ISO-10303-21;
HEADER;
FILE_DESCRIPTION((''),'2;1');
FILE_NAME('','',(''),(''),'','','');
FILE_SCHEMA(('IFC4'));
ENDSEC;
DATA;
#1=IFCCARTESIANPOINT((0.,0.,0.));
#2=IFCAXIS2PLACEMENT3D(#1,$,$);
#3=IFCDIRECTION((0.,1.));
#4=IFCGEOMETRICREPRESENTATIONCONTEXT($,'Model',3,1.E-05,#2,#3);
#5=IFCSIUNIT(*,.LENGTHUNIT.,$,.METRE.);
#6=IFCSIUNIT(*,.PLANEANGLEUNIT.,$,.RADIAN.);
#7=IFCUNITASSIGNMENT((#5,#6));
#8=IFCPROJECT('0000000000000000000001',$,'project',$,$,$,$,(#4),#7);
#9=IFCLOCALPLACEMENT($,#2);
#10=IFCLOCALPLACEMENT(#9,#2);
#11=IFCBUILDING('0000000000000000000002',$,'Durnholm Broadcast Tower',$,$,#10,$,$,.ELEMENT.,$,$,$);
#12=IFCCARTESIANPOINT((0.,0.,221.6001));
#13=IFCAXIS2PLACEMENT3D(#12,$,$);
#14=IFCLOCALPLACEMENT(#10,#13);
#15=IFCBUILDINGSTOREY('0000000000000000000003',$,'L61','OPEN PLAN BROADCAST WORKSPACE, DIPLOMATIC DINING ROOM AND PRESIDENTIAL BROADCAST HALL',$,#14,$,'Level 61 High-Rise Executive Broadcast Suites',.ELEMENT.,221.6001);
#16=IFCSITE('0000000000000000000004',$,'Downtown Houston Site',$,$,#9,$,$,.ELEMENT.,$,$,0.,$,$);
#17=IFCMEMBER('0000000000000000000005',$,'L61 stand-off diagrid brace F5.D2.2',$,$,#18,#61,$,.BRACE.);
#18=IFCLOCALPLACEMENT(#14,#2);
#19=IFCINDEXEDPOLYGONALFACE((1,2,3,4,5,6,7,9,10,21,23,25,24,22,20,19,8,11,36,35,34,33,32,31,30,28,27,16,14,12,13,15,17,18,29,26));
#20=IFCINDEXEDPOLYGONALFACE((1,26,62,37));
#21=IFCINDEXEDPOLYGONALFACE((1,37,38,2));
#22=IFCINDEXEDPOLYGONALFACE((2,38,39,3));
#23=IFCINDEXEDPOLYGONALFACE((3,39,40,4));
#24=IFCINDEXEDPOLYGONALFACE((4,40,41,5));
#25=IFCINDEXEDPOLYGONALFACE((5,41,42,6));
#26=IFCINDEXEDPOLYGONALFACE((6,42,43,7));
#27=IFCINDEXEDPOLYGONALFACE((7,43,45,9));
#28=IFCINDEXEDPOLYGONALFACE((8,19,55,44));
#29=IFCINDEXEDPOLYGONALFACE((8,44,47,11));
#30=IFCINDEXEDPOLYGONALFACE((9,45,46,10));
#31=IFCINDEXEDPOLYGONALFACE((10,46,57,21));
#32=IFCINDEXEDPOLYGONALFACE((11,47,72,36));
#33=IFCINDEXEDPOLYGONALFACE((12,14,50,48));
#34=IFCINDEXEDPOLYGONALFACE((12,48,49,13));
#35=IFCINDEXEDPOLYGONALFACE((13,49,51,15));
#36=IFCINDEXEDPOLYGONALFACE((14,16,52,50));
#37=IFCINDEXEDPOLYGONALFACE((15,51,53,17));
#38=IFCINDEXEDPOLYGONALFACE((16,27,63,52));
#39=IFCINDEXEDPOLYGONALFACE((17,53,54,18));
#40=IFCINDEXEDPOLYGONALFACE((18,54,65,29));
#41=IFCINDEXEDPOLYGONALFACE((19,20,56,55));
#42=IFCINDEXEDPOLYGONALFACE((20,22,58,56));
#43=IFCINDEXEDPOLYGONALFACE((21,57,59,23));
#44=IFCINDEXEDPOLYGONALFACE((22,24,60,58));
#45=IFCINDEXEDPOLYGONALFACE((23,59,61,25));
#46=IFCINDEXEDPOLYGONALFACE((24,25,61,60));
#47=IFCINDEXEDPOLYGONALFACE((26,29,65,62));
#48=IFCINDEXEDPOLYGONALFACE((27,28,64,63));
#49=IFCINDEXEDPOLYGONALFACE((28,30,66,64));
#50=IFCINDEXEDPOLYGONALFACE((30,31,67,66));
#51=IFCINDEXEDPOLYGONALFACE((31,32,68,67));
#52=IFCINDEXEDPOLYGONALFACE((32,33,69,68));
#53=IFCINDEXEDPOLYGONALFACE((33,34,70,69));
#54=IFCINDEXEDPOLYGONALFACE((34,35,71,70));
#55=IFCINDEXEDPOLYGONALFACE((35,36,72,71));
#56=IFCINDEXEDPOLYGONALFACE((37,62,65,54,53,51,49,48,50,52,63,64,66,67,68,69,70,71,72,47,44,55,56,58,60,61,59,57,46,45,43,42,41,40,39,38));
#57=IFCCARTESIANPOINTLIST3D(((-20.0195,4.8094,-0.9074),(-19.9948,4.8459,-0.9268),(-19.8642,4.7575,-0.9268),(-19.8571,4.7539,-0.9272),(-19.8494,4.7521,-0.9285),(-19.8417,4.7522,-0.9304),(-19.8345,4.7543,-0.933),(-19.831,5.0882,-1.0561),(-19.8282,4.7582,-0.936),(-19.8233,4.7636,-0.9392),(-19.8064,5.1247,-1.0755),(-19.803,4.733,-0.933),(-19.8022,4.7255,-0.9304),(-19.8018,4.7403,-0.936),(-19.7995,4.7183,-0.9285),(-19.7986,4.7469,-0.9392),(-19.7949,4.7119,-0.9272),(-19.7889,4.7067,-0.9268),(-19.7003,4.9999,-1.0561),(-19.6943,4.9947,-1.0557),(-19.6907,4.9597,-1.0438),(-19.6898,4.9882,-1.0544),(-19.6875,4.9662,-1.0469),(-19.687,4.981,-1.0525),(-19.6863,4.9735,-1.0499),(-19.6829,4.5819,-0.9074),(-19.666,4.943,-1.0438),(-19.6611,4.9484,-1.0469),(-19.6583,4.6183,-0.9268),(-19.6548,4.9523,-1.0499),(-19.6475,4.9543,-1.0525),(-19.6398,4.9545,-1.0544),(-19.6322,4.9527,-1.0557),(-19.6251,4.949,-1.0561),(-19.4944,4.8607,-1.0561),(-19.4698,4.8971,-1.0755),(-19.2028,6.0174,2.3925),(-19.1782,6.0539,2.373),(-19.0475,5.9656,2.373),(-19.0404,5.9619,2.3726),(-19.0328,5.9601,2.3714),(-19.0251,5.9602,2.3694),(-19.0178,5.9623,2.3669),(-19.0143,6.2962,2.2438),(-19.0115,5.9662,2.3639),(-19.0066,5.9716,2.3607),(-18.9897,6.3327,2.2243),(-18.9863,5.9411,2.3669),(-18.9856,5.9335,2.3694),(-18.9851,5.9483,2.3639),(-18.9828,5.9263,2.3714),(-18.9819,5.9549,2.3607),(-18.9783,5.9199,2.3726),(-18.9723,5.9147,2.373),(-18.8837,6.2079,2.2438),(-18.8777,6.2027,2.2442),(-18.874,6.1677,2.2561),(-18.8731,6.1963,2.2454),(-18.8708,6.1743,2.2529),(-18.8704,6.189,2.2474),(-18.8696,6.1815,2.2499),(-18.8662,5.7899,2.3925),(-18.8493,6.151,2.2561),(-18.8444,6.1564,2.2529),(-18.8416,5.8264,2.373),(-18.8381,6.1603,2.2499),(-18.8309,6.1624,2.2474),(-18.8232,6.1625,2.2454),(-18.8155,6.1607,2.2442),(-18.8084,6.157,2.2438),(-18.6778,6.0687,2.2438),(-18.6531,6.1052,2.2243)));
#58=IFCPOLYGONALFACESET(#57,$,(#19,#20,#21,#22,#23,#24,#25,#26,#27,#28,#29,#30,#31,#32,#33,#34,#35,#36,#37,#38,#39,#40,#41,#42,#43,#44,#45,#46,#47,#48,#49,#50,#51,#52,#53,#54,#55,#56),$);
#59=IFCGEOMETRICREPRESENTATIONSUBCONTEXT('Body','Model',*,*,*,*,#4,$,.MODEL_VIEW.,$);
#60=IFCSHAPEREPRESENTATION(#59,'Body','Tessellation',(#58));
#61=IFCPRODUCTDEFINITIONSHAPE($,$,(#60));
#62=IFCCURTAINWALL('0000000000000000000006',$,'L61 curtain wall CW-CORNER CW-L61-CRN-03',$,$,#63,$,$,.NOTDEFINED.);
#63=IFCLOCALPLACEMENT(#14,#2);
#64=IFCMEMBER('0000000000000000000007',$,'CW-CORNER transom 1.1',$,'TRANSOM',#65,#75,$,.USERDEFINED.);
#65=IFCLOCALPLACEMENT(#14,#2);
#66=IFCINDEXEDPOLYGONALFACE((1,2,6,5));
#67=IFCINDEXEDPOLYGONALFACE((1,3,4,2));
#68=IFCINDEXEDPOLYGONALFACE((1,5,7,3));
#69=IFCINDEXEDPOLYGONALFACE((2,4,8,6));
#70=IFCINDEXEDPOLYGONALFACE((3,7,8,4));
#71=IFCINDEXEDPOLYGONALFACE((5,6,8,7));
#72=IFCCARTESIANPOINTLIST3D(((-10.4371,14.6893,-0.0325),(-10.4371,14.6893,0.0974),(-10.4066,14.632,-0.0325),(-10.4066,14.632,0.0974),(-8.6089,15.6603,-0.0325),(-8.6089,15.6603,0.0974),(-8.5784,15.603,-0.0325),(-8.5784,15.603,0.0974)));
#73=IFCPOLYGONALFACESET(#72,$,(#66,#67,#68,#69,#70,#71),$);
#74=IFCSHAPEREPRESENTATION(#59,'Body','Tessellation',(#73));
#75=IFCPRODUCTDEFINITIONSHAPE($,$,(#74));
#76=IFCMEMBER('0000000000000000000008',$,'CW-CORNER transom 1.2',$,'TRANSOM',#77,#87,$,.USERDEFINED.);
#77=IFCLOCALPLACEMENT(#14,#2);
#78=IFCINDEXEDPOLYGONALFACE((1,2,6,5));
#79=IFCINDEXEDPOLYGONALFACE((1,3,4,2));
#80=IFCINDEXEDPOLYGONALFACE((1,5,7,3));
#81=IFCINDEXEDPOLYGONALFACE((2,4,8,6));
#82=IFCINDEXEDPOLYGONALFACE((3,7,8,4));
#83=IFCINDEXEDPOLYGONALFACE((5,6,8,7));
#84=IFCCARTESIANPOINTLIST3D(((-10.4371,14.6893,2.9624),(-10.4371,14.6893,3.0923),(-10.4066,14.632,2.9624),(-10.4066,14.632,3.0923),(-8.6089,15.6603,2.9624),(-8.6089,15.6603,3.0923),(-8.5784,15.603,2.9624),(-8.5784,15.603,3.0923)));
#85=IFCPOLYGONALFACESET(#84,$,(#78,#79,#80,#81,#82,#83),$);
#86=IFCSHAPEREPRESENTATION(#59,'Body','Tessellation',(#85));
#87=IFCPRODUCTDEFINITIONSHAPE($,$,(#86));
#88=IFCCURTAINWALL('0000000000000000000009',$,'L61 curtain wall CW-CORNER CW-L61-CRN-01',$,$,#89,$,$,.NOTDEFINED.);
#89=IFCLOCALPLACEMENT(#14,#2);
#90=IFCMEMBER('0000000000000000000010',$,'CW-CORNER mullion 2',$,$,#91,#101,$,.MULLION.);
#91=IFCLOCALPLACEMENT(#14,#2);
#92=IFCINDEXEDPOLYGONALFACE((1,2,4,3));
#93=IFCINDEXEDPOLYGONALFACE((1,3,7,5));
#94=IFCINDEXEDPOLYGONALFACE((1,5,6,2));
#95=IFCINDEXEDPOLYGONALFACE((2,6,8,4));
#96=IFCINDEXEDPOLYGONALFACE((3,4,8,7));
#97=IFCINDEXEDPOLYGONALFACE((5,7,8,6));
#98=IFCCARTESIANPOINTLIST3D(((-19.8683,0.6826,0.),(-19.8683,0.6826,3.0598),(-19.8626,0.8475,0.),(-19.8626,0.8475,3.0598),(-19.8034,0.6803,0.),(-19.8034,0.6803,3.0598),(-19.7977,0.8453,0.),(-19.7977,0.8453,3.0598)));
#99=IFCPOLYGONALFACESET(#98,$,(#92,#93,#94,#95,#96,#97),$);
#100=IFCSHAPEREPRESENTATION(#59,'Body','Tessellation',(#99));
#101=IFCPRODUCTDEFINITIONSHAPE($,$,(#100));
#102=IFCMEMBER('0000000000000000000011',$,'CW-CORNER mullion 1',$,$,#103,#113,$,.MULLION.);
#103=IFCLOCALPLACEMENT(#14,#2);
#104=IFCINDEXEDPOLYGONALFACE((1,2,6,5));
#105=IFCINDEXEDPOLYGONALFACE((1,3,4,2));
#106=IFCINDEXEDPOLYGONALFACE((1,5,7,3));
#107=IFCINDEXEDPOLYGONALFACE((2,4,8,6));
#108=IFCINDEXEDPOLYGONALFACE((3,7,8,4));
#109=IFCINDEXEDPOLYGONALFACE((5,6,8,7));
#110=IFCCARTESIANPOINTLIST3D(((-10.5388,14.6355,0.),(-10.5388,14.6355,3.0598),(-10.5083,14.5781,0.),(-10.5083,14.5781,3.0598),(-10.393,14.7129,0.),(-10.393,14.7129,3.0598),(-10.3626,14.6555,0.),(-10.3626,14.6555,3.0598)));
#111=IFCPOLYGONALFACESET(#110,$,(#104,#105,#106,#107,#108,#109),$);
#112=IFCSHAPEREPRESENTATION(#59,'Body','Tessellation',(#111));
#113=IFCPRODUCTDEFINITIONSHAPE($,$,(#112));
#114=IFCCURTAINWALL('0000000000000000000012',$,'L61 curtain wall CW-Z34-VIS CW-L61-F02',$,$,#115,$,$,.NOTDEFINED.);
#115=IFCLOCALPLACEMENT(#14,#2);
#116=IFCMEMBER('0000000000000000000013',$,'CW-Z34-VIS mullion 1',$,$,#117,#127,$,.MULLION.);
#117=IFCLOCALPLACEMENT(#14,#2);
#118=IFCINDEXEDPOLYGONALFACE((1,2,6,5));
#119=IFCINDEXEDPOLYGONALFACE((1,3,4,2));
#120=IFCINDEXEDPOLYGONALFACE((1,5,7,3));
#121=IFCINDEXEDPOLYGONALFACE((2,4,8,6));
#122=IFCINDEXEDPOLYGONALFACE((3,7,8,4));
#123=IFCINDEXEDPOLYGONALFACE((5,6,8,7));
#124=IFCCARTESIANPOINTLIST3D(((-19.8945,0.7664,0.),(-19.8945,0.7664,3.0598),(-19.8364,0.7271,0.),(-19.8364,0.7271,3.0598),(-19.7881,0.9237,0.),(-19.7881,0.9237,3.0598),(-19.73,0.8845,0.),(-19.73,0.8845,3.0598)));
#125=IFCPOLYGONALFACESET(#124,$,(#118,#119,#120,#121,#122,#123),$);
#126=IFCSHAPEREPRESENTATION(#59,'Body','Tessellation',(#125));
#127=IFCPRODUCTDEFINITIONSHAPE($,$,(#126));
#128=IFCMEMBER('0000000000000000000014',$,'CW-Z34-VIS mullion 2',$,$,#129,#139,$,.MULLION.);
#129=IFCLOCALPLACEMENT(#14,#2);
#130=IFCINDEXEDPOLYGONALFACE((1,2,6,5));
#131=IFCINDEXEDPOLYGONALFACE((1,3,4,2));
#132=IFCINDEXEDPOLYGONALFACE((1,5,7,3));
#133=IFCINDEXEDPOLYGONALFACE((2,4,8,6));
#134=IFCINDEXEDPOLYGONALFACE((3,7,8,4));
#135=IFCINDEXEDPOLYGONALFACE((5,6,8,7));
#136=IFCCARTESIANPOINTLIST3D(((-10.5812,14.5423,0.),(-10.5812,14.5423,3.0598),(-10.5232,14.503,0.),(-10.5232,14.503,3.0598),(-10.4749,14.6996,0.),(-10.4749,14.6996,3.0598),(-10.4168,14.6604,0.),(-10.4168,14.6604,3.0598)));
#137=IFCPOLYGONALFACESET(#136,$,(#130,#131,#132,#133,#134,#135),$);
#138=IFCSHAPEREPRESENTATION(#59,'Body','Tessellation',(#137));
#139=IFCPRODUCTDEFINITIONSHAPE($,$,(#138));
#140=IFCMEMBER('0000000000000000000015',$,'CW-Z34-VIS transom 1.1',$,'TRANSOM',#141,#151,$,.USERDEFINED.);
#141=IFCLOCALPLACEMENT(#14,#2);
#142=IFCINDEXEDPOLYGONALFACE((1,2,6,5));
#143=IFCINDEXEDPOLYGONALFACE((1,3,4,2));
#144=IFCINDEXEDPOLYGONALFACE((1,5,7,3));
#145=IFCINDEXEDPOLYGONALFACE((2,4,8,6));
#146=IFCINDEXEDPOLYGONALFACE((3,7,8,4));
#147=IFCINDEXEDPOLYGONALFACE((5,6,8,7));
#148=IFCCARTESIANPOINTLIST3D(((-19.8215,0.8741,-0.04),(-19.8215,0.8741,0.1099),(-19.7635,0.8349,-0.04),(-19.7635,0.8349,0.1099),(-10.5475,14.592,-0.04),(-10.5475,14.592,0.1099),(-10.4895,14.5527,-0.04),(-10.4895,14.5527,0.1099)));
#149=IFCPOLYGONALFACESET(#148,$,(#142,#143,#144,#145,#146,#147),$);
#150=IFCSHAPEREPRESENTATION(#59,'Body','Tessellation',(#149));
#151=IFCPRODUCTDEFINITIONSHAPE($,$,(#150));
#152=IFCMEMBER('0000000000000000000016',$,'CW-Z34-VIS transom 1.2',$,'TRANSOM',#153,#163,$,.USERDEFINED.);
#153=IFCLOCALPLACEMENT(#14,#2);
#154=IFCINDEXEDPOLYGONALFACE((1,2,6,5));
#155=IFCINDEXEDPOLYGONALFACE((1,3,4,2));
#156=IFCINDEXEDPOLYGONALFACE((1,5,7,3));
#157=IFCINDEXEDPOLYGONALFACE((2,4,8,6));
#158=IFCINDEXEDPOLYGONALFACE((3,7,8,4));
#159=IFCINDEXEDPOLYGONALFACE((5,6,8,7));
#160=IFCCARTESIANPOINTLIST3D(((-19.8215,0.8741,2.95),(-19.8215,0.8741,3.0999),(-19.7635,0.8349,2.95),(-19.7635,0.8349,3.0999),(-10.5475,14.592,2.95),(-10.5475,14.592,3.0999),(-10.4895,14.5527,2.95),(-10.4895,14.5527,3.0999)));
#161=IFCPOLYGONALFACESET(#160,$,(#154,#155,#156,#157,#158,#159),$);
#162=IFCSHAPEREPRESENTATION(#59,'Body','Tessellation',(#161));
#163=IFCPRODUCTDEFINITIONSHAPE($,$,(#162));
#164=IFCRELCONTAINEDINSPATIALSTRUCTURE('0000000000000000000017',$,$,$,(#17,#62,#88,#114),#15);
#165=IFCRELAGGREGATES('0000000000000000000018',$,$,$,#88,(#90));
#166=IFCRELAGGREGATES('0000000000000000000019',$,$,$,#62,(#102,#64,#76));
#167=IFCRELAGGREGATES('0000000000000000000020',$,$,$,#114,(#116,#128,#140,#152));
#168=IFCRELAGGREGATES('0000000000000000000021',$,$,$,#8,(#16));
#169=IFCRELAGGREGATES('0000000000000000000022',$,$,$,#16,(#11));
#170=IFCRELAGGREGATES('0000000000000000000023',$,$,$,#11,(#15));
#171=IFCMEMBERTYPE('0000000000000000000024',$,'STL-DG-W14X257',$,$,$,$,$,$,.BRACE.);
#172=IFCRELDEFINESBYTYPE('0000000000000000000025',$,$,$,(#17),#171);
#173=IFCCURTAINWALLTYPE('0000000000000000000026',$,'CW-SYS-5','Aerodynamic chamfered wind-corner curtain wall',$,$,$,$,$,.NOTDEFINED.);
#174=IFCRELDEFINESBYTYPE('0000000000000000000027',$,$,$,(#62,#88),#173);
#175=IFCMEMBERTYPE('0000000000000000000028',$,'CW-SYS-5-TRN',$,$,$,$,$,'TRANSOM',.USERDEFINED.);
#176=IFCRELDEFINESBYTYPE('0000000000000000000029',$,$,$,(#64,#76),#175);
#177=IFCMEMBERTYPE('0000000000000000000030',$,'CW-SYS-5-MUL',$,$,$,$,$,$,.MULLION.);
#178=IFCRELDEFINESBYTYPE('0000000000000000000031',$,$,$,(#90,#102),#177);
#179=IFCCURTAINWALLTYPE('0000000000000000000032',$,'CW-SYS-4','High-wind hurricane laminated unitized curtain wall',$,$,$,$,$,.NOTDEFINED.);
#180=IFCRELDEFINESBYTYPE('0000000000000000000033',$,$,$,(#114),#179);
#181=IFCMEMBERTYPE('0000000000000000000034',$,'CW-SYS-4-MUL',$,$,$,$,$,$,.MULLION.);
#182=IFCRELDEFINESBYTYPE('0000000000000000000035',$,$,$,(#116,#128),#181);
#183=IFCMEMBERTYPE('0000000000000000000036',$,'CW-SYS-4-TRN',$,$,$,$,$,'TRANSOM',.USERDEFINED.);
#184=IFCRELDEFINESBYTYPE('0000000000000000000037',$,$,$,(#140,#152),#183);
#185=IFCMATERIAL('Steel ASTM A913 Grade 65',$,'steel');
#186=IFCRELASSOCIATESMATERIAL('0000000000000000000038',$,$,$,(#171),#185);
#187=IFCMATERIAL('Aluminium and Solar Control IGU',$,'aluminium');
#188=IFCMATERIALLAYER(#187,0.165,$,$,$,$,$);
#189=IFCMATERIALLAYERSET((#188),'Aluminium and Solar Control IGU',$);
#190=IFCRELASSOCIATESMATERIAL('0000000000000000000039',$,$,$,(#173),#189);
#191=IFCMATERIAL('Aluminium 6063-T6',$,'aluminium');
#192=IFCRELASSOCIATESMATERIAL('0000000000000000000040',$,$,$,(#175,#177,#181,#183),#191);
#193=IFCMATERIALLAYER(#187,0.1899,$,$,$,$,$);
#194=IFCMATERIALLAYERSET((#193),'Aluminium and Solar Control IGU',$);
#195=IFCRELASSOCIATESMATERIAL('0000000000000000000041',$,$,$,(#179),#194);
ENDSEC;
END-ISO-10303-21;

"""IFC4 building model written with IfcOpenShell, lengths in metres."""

from ifc_helpers import new_model, si_unit, direction, frame, origin, origin_2d, place, context, subcontext, project, spatial, rectangle, i_section, extrude, source, transform, mapped, material, layer, layer_set, material_profile, profile_set, type_object, type_shapes, element, aggregate, save


model = new_model("IFC4")

# Units and contexts
model_context = context("Model", 3, precision=1e-05, world=origin(), true_north=direction((0.0, 1.0)))
body_context = subcontext(model_context, "Body", "Model", "MODEL_VIEW")
ifc_project = project(units=[si_unit("LENGTHUNIT", "METRE"), si_unit("PLANEANGLEUNIT", "RADIAN")], contexts=[model_context])

# Site, building, storey
site_placement = place(None, origin())
site = spatial("IfcSite", under=ifc_project, at=site_placement, Name="Downtown Houston Site", CompositionType="ELEMENT", RefElevation=0.0)
building_placement = place(site_placement, origin())
building = spatial("IfcBuilding", under=site, at=building_placement, Name="Durnholm Broadcast Tower", CompositionType="ELEMENT")
storey_placement = place(building_placement, frame((0.0, 0.0, 221.6001)))
storey = spatial("IfcBuildingStorey", under=building, at=storey_placement, Name="L61", Description="OPEN PLAN BROADCAST WORKSPACE, DIPLOMATIC DINING ROOM AND PRESIDENTIAL BROADCAST HALL", LongName="Level 61 High-Rise Executive Broadcast Suites", CompositionType="ELEMENT", Elevation=221.6001)

# Member
ifc_material_1 = material(Name="Steel ASTM A913 Grade 65", Category="steel")
ifc_material_profile_1 = material_profile(ifc_material_1, i_section(OverallWidth=0.4062, OverallDepth=0.416, WebThickness=0.0298, FlangeThickness=0.0481, FilletRadius=0.0305, at=origin_2d()), Name="W14X257")
ifc_profile_set_1 = profile_set([ifc_material_profile_1], Name="Steel ASTM A913 Grade 65")
member_type_1 = type_object("IfcMemberType", Name="STL-DG-W14X257", PredefinedType="BRACE", material=ifc_profile_set_1)
shared_shape_1 = source(origin(), body_context, "Body", "SweptSolid", [
    extrude(i_section(OverallWidth=0.4062, OverallDepth=0.416, WebThickness=0.0298, FlangeThickness=0.0481, FilletRadius=0.0305, at=origin_2d()), origin(), (0.0, 0.0, 1.0), 3.6077),
])
type_shapes(member_type_1, [shared_shape_1])
for number, where, z_axis, x_axis, name in (
    (1, (-19.7446, 4.8533, -0.9915), (0.226368, 0.334849, 0.914677), (-0.828452, 0.560059, 0.0), "L61 stand-off diagrid brace F5.D2.2"),
):
    element("IfcMember", number, at=place(storey_placement, frame(where, z_axis=z_axis, x_axis=x_axis)), inside=storey, type_object=member_type_1, Name=name, PredefinedType="BRACE", context=body_context, shape_type="MappedRepresentation", body=[
        mapped(shared_shape_1, transform((0.0, 0.0, 0.0), x_axis=(1.0, 0.0, 0.0), y_axis=(0.0, 1.0, 0.0), z_axis=(0.0, 0.0, 1.0), scale=1.0)),
    ])

# Curtain wall, members
ifc_material_2 = material(Name="Aluminium and Solar Control IGU", Category="aluminium")
ifc_layer_1 = layer(ifc_material_2, 0.165)
ifc_layer_set_1 = layer_set([ifc_layer_1], Name="Aluminium and Solar Control IGU")
curtain_wall_type_1 = type_object("IfcCurtainWallType", Name="CW-SYS-5", Description="Aerodynamic chamfered wind-corner curtain wall", PredefinedType="NOTDEFINED", material=ifc_layer_set_1)
curtain_wall_1_placement = place(storey_placement, origin())
curtain_wall_1 = element("IfcCurtainWall", 2, at=curtain_wall_1_placement, inside=storey, type_object=curtain_wall_type_1, Name="L61 curtain wall CW-CORNER CW-L61-CRN-03", PredefinedType="NOTDEFINED")
ifc_material_3 = material(Name="Aluminium 6063-T6", Category="aluminium")
ifc_material_profile_2 = material_profile(ifc_material_3, rectangle(XDim=0.0649, YDim=0.1299, at=origin_2d()), Name="CWT65X130")
ifc_profile_set_2 = profile_set([ifc_material_profile_2], Name="Aluminium 6063-T6")
member_type_2 = type_object("IfcMemberType", Name="CW-SYS-5-TRN", ElementType="TRANSOM", PredefinedType="USERDEFINED", material=ifc_profile_set_2)
shared_shape_2 = source(origin(), body_context, "Body", "SweptSolid", [
    extrude(rectangle(XDim=0.0649, YDim=0.1299, at=origin_2d()), origin(), (0.0, 0.0, 1.0), 2.0701),
])
type_shapes(member_type_2, [shared_shape_2])
member_1_placement = place(storey_placement, frame((-10.4219, 14.6606, 0.0325), z_axis=(0.883165, 0.469063, 0.0), x_axis=(-0.469063, 0.883165, 0.0)))
member_1 = element("IfcMember", 3, at=member_1_placement, type_object=member_type_2, Name="CW-CORNER transom 1.1", ObjectType="TRANSOM", PredefinedType="USERDEFINED", context=body_context, shape_type="MappedRepresentation", body=[
    mapped(shared_shape_2, transform((0.0, 0.0, 0.0), x_axis=(1.0, 0.0, 0.0), y_axis=(0.0, 1.0, 0.0), z_axis=(0.0, 0.0, 1.0), scale=1.0)),
])
member_2_placement = place(storey_placement, frame((-10.4219, 14.6606, 3.0273), z_axis=(0.883165, 0.469063, 0.0), x_axis=(-0.469063, 0.883165, 0.0)))
member_2 = element("IfcMember", 4, at=member_2_placement, type_object=member_type_2, Name="CW-CORNER transom 1.2", ObjectType="TRANSOM", PredefinedType="USERDEFINED", context=body_context, shape_type="MappedRepresentation", body=[
    mapped(shared_shape_2, transform((0.0, 0.0, 0.0), x_axis=(1.0, 0.0, 0.0), y_axis=(0.0, 1.0, 0.0), z_axis=(0.0, 0.0, 1.0), scale=1.0)),
])

# Curtain wall, member
curtain_wall_2_placement = place(storey_placement, origin())
curtain_wall_2 = element("IfcCurtainWall", 5, at=curtain_wall_2_placement, inside=storey, type_object=curtain_wall_type_1, Name="L61 curtain wall CW-CORNER CW-L61-CRN-01", PredefinedType="NOTDEFINED")
ifc_material_profile_3 = material_profile(ifc_material_3, rectangle(XDim=0.0649, YDim=0.165, at=origin_2d()), Name="CWM65X165")
ifc_profile_set_3 = profile_set([ifc_material_profile_3], Name="Aluminium 6063-T6")
member_type_3 = type_object("IfcMemberType", Name="CW-SYS-5-MUL", PredefinedType="MULLION", material=ifc_profile_set_3)
shared_shape_3 = source(origin(), body_context, "Body", "SweptSolid", [
    extrude(rectangle(XDim=0.0649, YDim=0.165, at=origin_2d()), origin(), (0.0, 0.0, 1.0), 3.0598),
])
type_shapes(member_type_3, [shared_shape_3])
member_3_placement = place(storey_placement, frame((-19.833, 0.7639, 0.0), z_axis=(0.0, 0.0, 1.0), x_axis=(-0.999411, 0.034318, 0.0)))
member_3 = element("IfcMember", 6, at=member_3_placement, type_object=member_type_3, Name="CW-CORNER mullion 2", PredefinedType="MULLION", context=body_context, shape_type="MappedRepresentation", body=[
    mapped(shared_shape_3, transform((0.0, 0.0, 0.0), x_axis=(1.0, 0.0, 0.0), y_axis=(0.0, 1.0, 0.0), z_axis=(0.0, 0.0, 1.0), scale=1.0)),
])
aggregate(curtain_wall_2, [member_3])

# Member
member_4_placement = place(storey_placement, frame((-10.4507, 14.6455, 0.0), z_axis=(0.0, 0.0, 1.0), x_axis=(-0.469007, 0.883195, 0.0)))
member_4 = element("IfcMember", 7, at=member_4_placement, type_object=member_type_3, Name="CW-CORNER mullion 1", PredefinedType="MULLION", context=body_context, shape_type="MappedRepresentation", body=[
    mapped(shared_shape_3, transform((0.0, 0.0, 0.0), x_axis=(1.0, 0.0, 0.0), y_axis=(0.0, 1.0, 0.0), z_axis=(0.0, 0.0, 1.0), scale=1.0)),
])
aggregate(curtain_wall_1, [member_4, member_1, member_2])

# Curtain wall, members
ifc_layer_2 = layer(ifc_material_2, 0.1899)
ifc_layer_set_2 = layer_set([ifc_layer_2], Name="Aluminium and Solar Control IGU")
curtain_wall_type_2 = type_object("IfcCurtainWallType", Name="CW-SYS-4", Description="High-wind hurricane laminated unitized curtain wall", PredefinedType="NOTDEFINED", material=ifc_layer_set_2)
curtain_wall_3_placement = place(storey_placement, origin())
curtain_wall_3 = element("IfcCurtainWall", 8, at=curtain_wall_3_placement, inside=storey, type_object=curtain_wall_type_2, Name="L61 curtain wall CW-Z34-VIS CW-L61-F02", PredefinedType="NOTDEFINED")
ifc_material_profile_4 = material_profile(ifc_material_3, rectangle(XDim=0.0701, YDim=0.1899, at=origin_2d()), Name="CWM70X190")
ifc_profile_set_4 = profile_set([ifc_material_profile_4], Name="Aluminium 6063-T6")
member_type_4 = type_object("IfcMemberType", Name="CW-SYS-4-MUL", PredefinedType="MULLION", material=ifc_profile_set_4)
shared_shape_4 = source(origin(), body_context, "Body", "SweptSolid", [
    extrude(rectangle(XDim=0.0701, YDim=0.1899, at=origin_2d()), origin(), (0.0, 0.0, 1.0), 3.0598),
])
type_shapes(member_type_4, [shared_shape_4])
member_5_placement = place(storey_placement, frame((-19.8123, 0.8254, 0.0), z_axis=(0.0, 0.0, 1.0), x_axis=(-0.828443, 0.560073, 0.0)))
member_5 = element("IfcMember", 9, at=member_5_placement, type_object=member_type_4, Name="CW-Z34-VIS mullion 1", PredefinedType="MULLION", context=body_context, shape_type="MappedRepresentation", body=[
    mapped(shared_shape_4, transform((0.0, 0.0, 0.0), x_axis=(1.0, 0.0, 0.0), y_axis=(0.0, 1.0, 0.0), z_axis=(0.0, 0.0, 1.0), scale=1.0)),
])
member_6_placement = place(storey_placement, frame((-10.499, 14.6013, 0.0), z_axis=(0.0, 0.0, 1.0), x_axis=(-0.828443, 0.560073, 0.0)))
member_6 = element("IfcMember", 10, at=member_6_placement, type_object=member_type_4, Name="CW-Z34-VIS mullion 2", PredefinedType="MULLION", context=body_context, shape_type="MappedRepresentation", body=[
    mapped(shared_shape_4, transform((0.0, 0.0, 0.0), x_axis=(1.0, 0.0, 0.0), y_axis=(0.0, 1.0, 0.0), z_axis=(0.0, 0.0, 1.0), scale=1.0)),
])
ifc_material_profile_5 = material_profile(ifc_material_3, rectangle(XDim=0.0701, YDim=0.1499, at=origin_2d()), Name="CWT70X150")
ifc_profile_set_5 = profile_set([ifc_material_profile_5], Name="Aluminium 6063-T6")
member_type_5 = type_object("IfcMemberType", Name="CW-SYS-4-TRN", ElementType="TRANSOM", PredefinedType="USERDEFINED", material=ifc_profile_set_5)
shared_shape_5 = source(origin(), body_context, "Body", "SweptSolid", [
    extrude(rectangle(XDim=0.0701, YDim=0.1499, at=origin_2d()), origin(), (0.0, 0.0, 1.0), 16.5586),
])
type_shapes(member_type_5, [shared_shape_5])
member_7_placement = place(storey_placement, frame((-19.7925, 0.8545, 0.0349), z_axis=(0.560071, 0.828444, 0.0), x_axis=(-0.828444, 0.560071, 0.0)))
member_7 = element("IfcMember", 11, at=member_7_placement, type_object=member_type_5, Name="CW-Z34-VIS transom 1.1", ObjectType="TRANSOM", PredefinedType="USERDEFINED", context=body_context, shape_type="MappedRepresentation", body=[
    mapped(shared_shape_5, transform((0.0, 0.0, 0.0), x_axis=(1.0, 0.0, 0.0), y_axis=(0.0, 1.0, 0.0), z_axis=(0.0, 0.0, 1.0), scale=1.0)),
])
member_8_placement = place(storey_placement, frame((-19.7925, 0.8545, 3.0249), z_axis=(0.560071, 0.828444, 0.0), x_axis=(-0.828444, 0.560071, 0.0)))
member_8 = element("IfcMember", 12, at=member_8_placement, type_object=member_type_5, Name="CW-Z34-VIS transom 1.2", ObjectType="TRANSOM", PredefinedType="USERDEFINED", context=body_context, shape_type="MappedRepresentation", body=[
    mapped(shared_shape_5, transform((0.0, 0.0, 0.0), x_axis=(1.0, 0.0, 0.0), y_axis=(0.0, 1.0, 0.0), z_axis=(0.0, 0.0, 1.0), scale=1.0)),
])

aggregate(curtain_wall_3, [member_5, member_6, member_7, member_8])

save(model, "model.ifc")
